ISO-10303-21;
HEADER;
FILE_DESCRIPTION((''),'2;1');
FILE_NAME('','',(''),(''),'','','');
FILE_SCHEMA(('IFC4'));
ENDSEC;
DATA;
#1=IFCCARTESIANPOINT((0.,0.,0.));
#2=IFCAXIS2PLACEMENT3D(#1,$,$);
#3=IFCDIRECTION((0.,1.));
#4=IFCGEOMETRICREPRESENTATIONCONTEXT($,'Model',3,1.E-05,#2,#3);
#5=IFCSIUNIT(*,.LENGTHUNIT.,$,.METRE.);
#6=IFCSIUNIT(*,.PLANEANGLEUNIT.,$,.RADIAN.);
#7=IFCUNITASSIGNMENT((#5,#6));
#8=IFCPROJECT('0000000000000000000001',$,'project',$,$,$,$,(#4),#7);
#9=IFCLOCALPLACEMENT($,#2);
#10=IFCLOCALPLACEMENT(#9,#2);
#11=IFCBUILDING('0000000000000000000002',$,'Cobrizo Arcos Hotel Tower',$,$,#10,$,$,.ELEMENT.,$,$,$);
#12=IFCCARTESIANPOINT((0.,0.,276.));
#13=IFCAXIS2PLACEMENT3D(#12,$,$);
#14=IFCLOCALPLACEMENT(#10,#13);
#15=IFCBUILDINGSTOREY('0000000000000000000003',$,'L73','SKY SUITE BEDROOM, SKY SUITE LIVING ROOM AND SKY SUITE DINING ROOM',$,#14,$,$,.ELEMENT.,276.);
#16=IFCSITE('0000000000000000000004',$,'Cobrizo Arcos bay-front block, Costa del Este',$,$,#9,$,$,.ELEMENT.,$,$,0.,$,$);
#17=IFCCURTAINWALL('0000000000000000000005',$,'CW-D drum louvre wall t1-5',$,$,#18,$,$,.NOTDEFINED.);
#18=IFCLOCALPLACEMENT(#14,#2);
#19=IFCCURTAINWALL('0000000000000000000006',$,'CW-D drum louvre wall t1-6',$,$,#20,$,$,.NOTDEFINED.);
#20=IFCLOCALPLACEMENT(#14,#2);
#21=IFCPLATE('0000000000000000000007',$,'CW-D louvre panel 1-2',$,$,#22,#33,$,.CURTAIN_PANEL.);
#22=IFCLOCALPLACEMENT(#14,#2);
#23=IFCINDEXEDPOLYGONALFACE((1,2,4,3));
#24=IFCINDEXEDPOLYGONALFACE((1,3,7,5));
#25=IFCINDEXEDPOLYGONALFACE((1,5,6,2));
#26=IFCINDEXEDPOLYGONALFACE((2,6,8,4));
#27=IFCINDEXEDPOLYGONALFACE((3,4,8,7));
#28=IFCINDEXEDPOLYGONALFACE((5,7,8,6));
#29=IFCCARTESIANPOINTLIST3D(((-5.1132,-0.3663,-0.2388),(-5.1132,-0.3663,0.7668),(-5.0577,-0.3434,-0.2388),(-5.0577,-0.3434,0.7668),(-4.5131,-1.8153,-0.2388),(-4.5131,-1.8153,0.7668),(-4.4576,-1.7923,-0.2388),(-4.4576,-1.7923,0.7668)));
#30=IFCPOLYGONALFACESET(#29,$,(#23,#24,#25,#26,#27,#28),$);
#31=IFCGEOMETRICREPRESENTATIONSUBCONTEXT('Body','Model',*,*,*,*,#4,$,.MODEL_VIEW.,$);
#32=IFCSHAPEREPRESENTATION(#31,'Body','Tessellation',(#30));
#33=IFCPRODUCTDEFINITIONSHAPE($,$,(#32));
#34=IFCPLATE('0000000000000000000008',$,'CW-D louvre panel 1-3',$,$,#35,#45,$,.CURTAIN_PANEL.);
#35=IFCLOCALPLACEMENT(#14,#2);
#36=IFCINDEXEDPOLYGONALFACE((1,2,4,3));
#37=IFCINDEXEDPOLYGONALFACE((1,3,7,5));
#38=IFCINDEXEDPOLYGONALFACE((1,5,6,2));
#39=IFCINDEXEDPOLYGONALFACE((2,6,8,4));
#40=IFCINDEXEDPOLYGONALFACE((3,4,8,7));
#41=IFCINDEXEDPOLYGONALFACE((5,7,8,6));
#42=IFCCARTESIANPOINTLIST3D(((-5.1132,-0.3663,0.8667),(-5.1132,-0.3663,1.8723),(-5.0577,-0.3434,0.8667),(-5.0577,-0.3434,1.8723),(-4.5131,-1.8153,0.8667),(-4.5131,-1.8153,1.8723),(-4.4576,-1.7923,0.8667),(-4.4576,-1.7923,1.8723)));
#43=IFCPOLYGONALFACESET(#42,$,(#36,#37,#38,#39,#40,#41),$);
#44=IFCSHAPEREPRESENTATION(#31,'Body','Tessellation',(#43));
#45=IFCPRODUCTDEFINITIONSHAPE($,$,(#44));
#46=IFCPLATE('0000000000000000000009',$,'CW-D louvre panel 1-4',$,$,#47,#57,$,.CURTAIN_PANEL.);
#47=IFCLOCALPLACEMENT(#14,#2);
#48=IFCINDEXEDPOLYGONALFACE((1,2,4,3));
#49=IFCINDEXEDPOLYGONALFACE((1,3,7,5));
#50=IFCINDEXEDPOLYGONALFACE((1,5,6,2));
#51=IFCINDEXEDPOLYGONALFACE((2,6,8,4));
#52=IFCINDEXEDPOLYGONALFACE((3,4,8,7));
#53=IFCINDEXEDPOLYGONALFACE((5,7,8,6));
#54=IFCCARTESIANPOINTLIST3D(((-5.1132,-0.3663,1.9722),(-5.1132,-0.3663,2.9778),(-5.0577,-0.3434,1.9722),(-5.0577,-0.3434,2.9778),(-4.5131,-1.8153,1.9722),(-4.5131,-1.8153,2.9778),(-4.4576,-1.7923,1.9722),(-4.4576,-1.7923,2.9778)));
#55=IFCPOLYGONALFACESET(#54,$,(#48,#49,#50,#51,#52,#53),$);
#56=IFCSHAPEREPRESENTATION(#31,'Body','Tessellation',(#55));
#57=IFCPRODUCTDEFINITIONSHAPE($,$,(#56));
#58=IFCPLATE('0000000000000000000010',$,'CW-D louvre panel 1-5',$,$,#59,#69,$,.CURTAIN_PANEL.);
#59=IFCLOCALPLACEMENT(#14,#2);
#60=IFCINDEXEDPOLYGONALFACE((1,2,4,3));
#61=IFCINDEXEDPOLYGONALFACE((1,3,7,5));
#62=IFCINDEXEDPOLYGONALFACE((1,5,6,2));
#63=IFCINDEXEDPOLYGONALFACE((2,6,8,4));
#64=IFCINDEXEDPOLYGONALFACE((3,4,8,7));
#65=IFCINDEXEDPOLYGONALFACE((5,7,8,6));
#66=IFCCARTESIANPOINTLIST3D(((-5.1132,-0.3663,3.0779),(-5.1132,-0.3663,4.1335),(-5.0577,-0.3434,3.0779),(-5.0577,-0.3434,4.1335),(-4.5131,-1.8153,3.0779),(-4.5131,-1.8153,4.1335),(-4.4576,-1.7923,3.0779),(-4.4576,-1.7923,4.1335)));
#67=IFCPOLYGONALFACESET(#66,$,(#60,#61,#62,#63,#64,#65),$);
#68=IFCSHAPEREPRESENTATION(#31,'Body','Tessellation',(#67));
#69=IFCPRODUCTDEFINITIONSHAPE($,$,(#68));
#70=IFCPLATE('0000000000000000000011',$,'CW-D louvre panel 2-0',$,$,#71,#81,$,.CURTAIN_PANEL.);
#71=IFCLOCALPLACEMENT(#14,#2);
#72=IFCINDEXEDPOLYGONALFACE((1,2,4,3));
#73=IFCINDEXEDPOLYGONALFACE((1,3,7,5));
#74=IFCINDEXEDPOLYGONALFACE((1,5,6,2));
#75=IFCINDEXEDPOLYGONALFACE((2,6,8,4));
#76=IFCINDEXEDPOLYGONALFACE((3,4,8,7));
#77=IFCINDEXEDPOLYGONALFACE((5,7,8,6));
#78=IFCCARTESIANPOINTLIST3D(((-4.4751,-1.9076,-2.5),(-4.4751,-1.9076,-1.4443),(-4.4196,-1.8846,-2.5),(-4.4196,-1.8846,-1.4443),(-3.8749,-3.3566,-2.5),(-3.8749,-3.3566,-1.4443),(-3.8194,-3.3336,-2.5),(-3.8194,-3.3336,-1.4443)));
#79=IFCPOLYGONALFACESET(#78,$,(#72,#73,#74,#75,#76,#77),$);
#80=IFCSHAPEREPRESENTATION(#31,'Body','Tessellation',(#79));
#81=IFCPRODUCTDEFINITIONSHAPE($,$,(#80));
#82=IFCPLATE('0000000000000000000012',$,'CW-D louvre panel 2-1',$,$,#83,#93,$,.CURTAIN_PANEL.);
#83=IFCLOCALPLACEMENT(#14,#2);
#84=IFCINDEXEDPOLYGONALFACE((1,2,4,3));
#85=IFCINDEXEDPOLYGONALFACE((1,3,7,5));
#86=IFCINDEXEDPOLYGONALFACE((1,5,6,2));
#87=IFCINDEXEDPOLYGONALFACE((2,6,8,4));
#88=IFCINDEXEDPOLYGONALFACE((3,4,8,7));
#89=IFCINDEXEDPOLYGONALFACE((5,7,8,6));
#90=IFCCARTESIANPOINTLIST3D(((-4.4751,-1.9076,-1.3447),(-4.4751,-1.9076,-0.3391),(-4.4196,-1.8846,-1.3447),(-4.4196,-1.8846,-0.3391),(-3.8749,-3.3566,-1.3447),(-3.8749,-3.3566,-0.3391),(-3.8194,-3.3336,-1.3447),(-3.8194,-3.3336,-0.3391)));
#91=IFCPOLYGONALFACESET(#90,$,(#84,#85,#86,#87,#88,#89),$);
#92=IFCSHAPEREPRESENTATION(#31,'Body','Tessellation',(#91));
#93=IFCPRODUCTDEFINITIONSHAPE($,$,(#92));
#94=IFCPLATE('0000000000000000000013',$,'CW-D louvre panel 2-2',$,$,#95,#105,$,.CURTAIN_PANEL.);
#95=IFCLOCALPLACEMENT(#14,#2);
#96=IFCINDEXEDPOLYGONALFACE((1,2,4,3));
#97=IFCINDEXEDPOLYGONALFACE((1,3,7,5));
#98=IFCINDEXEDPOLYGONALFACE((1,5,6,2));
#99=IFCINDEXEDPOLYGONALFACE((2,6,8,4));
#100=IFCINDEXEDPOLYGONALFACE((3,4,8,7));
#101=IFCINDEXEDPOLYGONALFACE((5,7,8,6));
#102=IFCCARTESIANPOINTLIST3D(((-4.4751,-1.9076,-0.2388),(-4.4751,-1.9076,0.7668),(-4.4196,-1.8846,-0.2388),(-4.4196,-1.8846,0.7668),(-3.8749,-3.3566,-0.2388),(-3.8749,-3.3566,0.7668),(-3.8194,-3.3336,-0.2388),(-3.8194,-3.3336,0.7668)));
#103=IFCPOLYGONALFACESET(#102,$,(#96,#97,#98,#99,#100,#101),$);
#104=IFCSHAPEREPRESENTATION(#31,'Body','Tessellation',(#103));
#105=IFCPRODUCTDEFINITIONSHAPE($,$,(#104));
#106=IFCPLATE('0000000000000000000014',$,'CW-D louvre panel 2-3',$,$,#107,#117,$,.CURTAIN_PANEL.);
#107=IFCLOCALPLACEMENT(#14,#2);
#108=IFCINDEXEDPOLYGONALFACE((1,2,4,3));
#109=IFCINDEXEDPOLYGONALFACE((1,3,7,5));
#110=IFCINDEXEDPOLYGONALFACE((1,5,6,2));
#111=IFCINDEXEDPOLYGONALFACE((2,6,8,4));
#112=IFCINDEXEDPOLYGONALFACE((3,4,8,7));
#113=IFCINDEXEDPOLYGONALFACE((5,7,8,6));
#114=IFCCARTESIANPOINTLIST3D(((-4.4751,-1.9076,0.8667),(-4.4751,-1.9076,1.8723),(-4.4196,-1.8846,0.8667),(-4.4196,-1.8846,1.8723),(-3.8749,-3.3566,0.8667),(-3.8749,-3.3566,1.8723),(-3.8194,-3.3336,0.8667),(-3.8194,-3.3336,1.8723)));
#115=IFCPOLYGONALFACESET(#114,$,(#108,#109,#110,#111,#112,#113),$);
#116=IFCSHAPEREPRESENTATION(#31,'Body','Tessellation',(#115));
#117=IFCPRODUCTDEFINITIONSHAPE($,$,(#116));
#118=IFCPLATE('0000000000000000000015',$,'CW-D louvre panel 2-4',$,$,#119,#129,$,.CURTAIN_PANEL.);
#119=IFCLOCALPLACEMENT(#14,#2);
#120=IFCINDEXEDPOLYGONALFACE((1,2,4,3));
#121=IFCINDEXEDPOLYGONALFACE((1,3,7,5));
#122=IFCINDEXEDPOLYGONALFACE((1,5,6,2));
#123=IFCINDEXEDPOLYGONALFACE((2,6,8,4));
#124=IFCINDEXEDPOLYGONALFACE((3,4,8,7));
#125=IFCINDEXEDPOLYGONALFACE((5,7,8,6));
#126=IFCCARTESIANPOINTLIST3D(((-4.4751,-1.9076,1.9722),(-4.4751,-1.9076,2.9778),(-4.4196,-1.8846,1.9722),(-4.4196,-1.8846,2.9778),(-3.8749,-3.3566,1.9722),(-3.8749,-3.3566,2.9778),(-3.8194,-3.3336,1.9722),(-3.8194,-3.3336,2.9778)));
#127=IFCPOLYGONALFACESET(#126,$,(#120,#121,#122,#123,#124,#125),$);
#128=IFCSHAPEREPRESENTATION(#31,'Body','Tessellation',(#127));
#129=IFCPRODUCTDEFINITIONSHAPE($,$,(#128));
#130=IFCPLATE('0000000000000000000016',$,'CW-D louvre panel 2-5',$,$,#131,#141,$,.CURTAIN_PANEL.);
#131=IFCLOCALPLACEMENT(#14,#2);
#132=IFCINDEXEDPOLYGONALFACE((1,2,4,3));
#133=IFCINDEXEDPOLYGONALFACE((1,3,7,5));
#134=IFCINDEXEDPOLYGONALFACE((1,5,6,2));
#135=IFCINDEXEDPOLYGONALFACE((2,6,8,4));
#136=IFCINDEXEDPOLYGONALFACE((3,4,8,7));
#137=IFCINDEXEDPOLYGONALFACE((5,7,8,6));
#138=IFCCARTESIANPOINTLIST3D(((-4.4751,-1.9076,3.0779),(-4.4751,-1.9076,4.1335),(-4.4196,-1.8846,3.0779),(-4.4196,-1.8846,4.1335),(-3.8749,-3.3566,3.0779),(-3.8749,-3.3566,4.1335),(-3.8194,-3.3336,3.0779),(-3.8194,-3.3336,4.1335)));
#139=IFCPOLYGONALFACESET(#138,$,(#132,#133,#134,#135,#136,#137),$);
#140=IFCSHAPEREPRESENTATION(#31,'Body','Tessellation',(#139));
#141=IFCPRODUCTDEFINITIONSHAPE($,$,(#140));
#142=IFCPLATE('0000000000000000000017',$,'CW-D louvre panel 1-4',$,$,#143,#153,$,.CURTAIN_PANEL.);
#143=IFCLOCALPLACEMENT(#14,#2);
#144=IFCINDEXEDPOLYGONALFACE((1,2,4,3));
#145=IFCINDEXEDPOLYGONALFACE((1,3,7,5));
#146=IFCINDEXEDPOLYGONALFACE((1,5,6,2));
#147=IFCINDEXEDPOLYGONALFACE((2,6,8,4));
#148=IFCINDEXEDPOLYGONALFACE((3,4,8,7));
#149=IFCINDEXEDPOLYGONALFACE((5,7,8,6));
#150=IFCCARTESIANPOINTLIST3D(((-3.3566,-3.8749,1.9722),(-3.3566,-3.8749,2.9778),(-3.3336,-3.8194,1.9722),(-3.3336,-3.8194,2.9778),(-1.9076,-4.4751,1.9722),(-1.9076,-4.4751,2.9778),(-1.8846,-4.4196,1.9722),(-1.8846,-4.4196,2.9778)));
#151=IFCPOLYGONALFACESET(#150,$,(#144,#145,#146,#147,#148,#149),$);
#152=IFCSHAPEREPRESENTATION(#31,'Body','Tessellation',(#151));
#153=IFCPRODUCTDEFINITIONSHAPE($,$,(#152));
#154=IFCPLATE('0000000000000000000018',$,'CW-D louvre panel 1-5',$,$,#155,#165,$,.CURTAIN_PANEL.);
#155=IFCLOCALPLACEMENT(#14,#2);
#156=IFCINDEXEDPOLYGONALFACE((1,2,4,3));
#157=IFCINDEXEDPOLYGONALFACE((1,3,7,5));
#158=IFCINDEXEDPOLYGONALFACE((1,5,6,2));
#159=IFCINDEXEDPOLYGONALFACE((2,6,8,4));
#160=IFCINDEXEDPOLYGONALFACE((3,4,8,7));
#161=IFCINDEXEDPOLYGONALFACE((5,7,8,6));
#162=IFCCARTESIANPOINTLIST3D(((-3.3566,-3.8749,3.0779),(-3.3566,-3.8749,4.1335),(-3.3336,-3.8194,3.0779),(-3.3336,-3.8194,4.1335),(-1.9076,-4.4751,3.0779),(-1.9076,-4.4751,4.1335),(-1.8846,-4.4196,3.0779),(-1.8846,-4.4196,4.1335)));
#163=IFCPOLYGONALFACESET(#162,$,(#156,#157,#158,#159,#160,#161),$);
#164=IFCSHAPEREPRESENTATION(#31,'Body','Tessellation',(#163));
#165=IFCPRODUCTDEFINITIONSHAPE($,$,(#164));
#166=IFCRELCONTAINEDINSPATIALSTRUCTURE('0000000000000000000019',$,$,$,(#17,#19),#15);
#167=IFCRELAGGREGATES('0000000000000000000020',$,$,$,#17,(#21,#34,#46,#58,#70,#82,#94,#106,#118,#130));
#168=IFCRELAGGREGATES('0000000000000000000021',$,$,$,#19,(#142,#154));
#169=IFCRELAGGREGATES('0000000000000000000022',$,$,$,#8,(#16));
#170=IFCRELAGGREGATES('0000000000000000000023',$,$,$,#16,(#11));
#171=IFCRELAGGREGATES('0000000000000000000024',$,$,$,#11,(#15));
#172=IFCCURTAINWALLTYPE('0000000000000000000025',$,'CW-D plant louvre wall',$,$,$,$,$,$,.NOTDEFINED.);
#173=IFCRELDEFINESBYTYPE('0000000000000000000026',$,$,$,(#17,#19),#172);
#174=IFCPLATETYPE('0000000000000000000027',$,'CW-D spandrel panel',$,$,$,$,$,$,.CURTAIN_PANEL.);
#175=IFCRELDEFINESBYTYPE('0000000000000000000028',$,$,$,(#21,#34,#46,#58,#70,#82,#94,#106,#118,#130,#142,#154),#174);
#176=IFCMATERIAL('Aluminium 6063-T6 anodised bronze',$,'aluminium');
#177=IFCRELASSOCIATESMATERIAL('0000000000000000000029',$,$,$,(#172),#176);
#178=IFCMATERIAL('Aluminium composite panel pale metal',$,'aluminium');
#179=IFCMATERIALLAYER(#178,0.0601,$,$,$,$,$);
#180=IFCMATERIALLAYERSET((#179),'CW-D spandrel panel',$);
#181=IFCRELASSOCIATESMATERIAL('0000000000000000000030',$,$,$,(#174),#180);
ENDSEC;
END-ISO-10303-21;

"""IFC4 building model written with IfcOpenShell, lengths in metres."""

from ifc_helpers import new_model, si_unit, direction, frame, origin, origin_2d, place, context, subcontext, project, spatial, rectangle, extrude, material, layer, layer_set, type_object, element, aggregate, save


model = new_model("IFC4")

# Units and contexts
model_context = context("Model", 3, precision=1e-05, world=origin(), true_north=direction((0.0, 1.0)))
body_context = subcontext(model_context, "Body", "Model", "MODEL_VIEW")
ifc_project = project(units=[si_unit("LENGTHUNIT", "METRE"), si_unit("PLANEANGLEUNIT", "RADIAN")], contexts=[model_context])

# Site, building, storey
site_placement = place(None, origin())
site = spatial("IfcSite", under=ifc_project, at=site_placement, Name="Cobrizo Arcos bay-front block, Costa del Este", CompositionType="ELEMENT", RefElevation=0.0)
building_placement = place(site_placement, origin())
building = spatial("IfcBuilding", under=site, at=building_placement, Name="Cobrizo Arcos Hotel Tower", CompositionType="ELEMENT")
storey_placement = place(building_placement, frame((0.0, 0.0, 276.0)))
storey = spatial("IfcBuildingStorey", under=building, at=storey_placement, Name="L73", Description="SKY SUITE BEDROOM, SKY SUITE LIVING ROOM AND SKY SUITE DINING ROOM", CompositionType="ELEMENT", Elevation=276.0)

# Curtain wall
ifc_material_1 = material(Name="Aluminium 6063-T6 anodised bronze", Category="aluminium")
curtain_wall_type_1 = type_object("IfcCurtainWallType", Name="CW-D plant louvre wall", PredefinedType="NOTDEFINED", material=ifc_material_1)
curtain_wall_1_placement = place(storey_placement, origin())
curtain_wall_1 = element("IfcCurtainWall", 1, at=curtain_wall_1_placement, inside=storey, type_object=curtain_wall_type_1, Name="CW-D drum louvre wall t1-5", PredefinedType="NOTDEFINED")

# Curtain wall
curtain_wall_2_placement = place(storey_placement, origin())
curtain_wall_2 = element("IfcCurtainWall", 2, at=curtain_wall_2_placement, inside=storey, type_object=curtain_wall_type_1, Name="CW-D drum louvre wall t1-6", PredefinedType="NOTDEFINED")

# Plates
ifc_material_2 = material(Name="Aluminium composite panel pale metal", Category="aluminium")
ifc_layer = layer(ifc_material_2, 0.0601)
ifc_layer_set = layer_set([ifc_layer], Name="CW-D spandrel panel")
plate_type = type_object("IfcPlateType", Name="CW-D spandrel panel", PredefinedType="CURTAIN_PANEL", material=ifc_layer_set)
plate_1_placement = place(storey_placement, frame((-4.7854, -1.0793, -0.2388), z_axis=(0.0, 0.0, 1.0), x_axis=(0.382683, -0.92388, 0.0)))
plate_1 = element("IfcPlate", 3, at=plate_1_placement, type_object=plate_type, Name="CW-D louvre panel 1-2", PredefinedType="CURTAIN_PANEL", context=body_context, shape_type="SweptSolid", body=[
    extrude(rectangle(XDim=1.5684, YDim=0.0601, at=origin_2d()), origin(), (0.0, 0.0, 1.0), 1.0056),
])
plate_2_placement = place(storey_placement, frame((-4.7854, -1.0793, 0.8667), z_axis=(0.0, 0.0, 1.0), x_axis=(0.382683, -0.92388, 0.0)))
plate_2 = element("IfcPlate", 4, at=plate_2_placement, type_object=plate_type, Name="CW-D louvre panel 1-3", PredefinedType="CURTAIN_PANEL", context=body_context, shape_type="SweptSolid", body=[
    extrude(rectangle(XDim=1.5684, YDim=0.0601, at=origin_2d()), origin(), (0.0, 0.0, 1.0), 1.0056),
])
plate_3_placement = place(storey_placement, frame((-4.7854, -1.0793, 1.9722), z_axis=(0.0, 0.0, 1.0), x_axis=(0.382683, -0.92388, 0.0)))
plate_3 = element("IfcPlate", 5, at=plate_3_placement, type_object=plate_type, Name="CW-D louvre panel 1-4", PredefinedType="CURTAIN_PANEL", context=body_context, shape_type="SweptSolid", body=[
    extrude(rectangle(XDim=1.5684, YDim=0.0601, at=origin_2d()), origin(), (0.0, 0.0, 1.0), 1.0056),
])
plate_4_placement = place(storey_placement, frame((-4.7854, -1.0793, 3.0779), z_axis=(0.0, 0.0, 1.0), x_axis=(0.382683, -0.92388, 0.0)))
plate_4 = element("IfcPlate", 6, at=plate_4_placement, type_object=plate_type, Name="CW-D louvre panel 1-5", PredefinedType="CURTAIN_PANEL", context=body_context, shape_type="SweptSolid", body=[
    extrude(rectangle(XDim=1.5684, YDim=0.0601, at=origin_2d()), origin(), (0.0, 0.0, 1.0), 1.0557),
])
plate_5_placement = place(storey_placement, frame((-4.1472, -2.6206, -2.5), z_axis=(0.0, 0.0, 1.0), x_axis=(0.382683, -0.92388, 0.0)))
plate_5 = element("IfcPlate", 7, at=plate_5_placement, type_object=plate_type, Name="CW-D louvre panel 2-0", PredefinedType="CURTAIN_PANEL", context=body_context, shape_type="SweptSolid", body=[
    extrude(rectangle(XDim=1.5684, YDim=0.0601, at=origin_2d()), origin(), (0.0, 0.0, 1.0), 1.0557),
])
plate_6_placement = place(storey_placement, frame((-4.1472, -2.6206, -1.3447), z_axis=(0.0, 0.0, 1.0), x_axis=(0.382683, -0.92388, 0.0)))
plate_6 = element("IfcPlate", 8, at=plate_6_placement, type_object=plate_type, Name="CW-D louvre panel 2-1", PredefinedType="CURTAIN_PANEL", context=body_context, shape_type="SweptSolid", body=[
    extrude(rectangle(XDim=1.5684, YDim=0.0601, at=origin_2d()), origin(), (0.0, 0.0, 1.0), 1.0056),
])
plate_7_placement = place(storey_placement, frame((-4.1472, -2.6206, -0.2388), z_axis=(0.0, 0.0, 1.0), x_axis=(0.382683, -0.92388, 0.0)))
plate_7 = element("IfcPlate", 9, at=plate_7_placement, type_object=plate_type, Name="CW-D louvre panel 2-2", PredefinedType="CURTAIN_PANEL", context=body_context, shape_type="SweptSolid", body=[
    extrude(rectangle(XDim=1.5684, YDim=0.0601, at=origin_2d()), origin(), (0.0, 0.0, 1.0), 1.0056),
])
plate_8_placement = place(storey_placement, frame((-4.1472, -2.6206, 0.8667), z_axis=(0.0, 0.0, 1.0), x_axis=(0.382683, -0.92388, 0.0)))
plate_8 = element("IfcPlate", 10, at=plate_8_placement, type_object=plate_type, Name="CW-D louvre panel 2-3", PredefinedType="CURTAIN_PANEL", context=body_context, shape_type="SweptSolid", body=[
    extrude(rectangle(XDim=1.5684, YDim=0.0601, at=origin_2d()), origin(), (0.0, 0.0, 1.0), 1.0056),
])
plate_9_placement = place(storey_placement, frame((-4.1472, -2.6206, 1.9722), z_axis=(0.0, 0.0, 1.0), x_axis=(0.382683, -0.92388, 0.0)))
plate_9 = element("IfcPlate", 11, at=plate_9_placement, type_object=plate_type, Name="CW-D louvre panel 2-4", PredefinedType="CURTAIN_PANEL", context=body_context, shape_type="SweptSolid", body=[
    extrude(rectangle(XDim=1.5684, YDim=0.0601, at=origin_2d()), origin(), (0.0, 0.0, 1.0), 1.0056),
])
plate_10_placement = place(storey_placement, frame((-4.1472, -2.6206, 3.0779), z_axis=(0.0, 0.0, 1.0), x_axis=(0.382683, -0.92388, 0.0)))
plate_10 = element("IfcPlate", 12, at=plate_10_placement, type_object=plate_type, Name="CW-D louvre panel 2-5", PredefinedType="CURTAIN_PANEL", context=body_context, shape_type="SweptSolid", body=[
    extrude(rectangle(XDim=1.5684, YDim=0.0601, at=origin_2d()), origin(), (0.0, 0.0, 1.0), 1.0557),
])
aggregate(curtain_wall_1, [plate_1, plate_2, plate_3, plate_4, plate_5, plate_6, plate_7, plate_8, plate_9, plate_10])
plate_11_placement = place(storey_placement, frame((-2.6206, -4.1472, 1.9722), z_axis=(0.0, 0.0, 1.0), x_axis=(0.92388, -0.382683, 0.0)))
plate_11 = element("IfcPlate", 13, at=plate_11_placement, type_object=plate_type, Name="CW-D louvre panel 1-4", PredefinedType="CURTAIN_PANEL", context=body_context, shape_type="SweptSolid", body=[
    extrude(rectangle(XDim=1.5684, YDim=0.0601, at=origin_2d()), origin(), (0.0, 0.0, 1.0), 1.0056),
])
plate_12_placement = place(storey_placement, frame((-2.6206, -4.1472, 3.0779), z_axis=(0.0, 0.0, 1.0), x_axis=(0.92388, -0.382683, 0.0)))
plate_12 = element("IfcPlate", 14, at=plate_12_placement, type_object=plate_type, Name="CW-D louvre panel 1-5", PredefinedType="CURTAIN_PANEL", context=body_context, shape_type="SweptSolid", body=[
    extrude(rectangle(XDim=1.5684, YDim=0.0601, at=origin_2d()), origin(), (0.0, 0.0, 1.0), 1.0557),
])
aggregate(curtain_wall_2, [plate_11, plate_12])

save(model, "model.ifc")
